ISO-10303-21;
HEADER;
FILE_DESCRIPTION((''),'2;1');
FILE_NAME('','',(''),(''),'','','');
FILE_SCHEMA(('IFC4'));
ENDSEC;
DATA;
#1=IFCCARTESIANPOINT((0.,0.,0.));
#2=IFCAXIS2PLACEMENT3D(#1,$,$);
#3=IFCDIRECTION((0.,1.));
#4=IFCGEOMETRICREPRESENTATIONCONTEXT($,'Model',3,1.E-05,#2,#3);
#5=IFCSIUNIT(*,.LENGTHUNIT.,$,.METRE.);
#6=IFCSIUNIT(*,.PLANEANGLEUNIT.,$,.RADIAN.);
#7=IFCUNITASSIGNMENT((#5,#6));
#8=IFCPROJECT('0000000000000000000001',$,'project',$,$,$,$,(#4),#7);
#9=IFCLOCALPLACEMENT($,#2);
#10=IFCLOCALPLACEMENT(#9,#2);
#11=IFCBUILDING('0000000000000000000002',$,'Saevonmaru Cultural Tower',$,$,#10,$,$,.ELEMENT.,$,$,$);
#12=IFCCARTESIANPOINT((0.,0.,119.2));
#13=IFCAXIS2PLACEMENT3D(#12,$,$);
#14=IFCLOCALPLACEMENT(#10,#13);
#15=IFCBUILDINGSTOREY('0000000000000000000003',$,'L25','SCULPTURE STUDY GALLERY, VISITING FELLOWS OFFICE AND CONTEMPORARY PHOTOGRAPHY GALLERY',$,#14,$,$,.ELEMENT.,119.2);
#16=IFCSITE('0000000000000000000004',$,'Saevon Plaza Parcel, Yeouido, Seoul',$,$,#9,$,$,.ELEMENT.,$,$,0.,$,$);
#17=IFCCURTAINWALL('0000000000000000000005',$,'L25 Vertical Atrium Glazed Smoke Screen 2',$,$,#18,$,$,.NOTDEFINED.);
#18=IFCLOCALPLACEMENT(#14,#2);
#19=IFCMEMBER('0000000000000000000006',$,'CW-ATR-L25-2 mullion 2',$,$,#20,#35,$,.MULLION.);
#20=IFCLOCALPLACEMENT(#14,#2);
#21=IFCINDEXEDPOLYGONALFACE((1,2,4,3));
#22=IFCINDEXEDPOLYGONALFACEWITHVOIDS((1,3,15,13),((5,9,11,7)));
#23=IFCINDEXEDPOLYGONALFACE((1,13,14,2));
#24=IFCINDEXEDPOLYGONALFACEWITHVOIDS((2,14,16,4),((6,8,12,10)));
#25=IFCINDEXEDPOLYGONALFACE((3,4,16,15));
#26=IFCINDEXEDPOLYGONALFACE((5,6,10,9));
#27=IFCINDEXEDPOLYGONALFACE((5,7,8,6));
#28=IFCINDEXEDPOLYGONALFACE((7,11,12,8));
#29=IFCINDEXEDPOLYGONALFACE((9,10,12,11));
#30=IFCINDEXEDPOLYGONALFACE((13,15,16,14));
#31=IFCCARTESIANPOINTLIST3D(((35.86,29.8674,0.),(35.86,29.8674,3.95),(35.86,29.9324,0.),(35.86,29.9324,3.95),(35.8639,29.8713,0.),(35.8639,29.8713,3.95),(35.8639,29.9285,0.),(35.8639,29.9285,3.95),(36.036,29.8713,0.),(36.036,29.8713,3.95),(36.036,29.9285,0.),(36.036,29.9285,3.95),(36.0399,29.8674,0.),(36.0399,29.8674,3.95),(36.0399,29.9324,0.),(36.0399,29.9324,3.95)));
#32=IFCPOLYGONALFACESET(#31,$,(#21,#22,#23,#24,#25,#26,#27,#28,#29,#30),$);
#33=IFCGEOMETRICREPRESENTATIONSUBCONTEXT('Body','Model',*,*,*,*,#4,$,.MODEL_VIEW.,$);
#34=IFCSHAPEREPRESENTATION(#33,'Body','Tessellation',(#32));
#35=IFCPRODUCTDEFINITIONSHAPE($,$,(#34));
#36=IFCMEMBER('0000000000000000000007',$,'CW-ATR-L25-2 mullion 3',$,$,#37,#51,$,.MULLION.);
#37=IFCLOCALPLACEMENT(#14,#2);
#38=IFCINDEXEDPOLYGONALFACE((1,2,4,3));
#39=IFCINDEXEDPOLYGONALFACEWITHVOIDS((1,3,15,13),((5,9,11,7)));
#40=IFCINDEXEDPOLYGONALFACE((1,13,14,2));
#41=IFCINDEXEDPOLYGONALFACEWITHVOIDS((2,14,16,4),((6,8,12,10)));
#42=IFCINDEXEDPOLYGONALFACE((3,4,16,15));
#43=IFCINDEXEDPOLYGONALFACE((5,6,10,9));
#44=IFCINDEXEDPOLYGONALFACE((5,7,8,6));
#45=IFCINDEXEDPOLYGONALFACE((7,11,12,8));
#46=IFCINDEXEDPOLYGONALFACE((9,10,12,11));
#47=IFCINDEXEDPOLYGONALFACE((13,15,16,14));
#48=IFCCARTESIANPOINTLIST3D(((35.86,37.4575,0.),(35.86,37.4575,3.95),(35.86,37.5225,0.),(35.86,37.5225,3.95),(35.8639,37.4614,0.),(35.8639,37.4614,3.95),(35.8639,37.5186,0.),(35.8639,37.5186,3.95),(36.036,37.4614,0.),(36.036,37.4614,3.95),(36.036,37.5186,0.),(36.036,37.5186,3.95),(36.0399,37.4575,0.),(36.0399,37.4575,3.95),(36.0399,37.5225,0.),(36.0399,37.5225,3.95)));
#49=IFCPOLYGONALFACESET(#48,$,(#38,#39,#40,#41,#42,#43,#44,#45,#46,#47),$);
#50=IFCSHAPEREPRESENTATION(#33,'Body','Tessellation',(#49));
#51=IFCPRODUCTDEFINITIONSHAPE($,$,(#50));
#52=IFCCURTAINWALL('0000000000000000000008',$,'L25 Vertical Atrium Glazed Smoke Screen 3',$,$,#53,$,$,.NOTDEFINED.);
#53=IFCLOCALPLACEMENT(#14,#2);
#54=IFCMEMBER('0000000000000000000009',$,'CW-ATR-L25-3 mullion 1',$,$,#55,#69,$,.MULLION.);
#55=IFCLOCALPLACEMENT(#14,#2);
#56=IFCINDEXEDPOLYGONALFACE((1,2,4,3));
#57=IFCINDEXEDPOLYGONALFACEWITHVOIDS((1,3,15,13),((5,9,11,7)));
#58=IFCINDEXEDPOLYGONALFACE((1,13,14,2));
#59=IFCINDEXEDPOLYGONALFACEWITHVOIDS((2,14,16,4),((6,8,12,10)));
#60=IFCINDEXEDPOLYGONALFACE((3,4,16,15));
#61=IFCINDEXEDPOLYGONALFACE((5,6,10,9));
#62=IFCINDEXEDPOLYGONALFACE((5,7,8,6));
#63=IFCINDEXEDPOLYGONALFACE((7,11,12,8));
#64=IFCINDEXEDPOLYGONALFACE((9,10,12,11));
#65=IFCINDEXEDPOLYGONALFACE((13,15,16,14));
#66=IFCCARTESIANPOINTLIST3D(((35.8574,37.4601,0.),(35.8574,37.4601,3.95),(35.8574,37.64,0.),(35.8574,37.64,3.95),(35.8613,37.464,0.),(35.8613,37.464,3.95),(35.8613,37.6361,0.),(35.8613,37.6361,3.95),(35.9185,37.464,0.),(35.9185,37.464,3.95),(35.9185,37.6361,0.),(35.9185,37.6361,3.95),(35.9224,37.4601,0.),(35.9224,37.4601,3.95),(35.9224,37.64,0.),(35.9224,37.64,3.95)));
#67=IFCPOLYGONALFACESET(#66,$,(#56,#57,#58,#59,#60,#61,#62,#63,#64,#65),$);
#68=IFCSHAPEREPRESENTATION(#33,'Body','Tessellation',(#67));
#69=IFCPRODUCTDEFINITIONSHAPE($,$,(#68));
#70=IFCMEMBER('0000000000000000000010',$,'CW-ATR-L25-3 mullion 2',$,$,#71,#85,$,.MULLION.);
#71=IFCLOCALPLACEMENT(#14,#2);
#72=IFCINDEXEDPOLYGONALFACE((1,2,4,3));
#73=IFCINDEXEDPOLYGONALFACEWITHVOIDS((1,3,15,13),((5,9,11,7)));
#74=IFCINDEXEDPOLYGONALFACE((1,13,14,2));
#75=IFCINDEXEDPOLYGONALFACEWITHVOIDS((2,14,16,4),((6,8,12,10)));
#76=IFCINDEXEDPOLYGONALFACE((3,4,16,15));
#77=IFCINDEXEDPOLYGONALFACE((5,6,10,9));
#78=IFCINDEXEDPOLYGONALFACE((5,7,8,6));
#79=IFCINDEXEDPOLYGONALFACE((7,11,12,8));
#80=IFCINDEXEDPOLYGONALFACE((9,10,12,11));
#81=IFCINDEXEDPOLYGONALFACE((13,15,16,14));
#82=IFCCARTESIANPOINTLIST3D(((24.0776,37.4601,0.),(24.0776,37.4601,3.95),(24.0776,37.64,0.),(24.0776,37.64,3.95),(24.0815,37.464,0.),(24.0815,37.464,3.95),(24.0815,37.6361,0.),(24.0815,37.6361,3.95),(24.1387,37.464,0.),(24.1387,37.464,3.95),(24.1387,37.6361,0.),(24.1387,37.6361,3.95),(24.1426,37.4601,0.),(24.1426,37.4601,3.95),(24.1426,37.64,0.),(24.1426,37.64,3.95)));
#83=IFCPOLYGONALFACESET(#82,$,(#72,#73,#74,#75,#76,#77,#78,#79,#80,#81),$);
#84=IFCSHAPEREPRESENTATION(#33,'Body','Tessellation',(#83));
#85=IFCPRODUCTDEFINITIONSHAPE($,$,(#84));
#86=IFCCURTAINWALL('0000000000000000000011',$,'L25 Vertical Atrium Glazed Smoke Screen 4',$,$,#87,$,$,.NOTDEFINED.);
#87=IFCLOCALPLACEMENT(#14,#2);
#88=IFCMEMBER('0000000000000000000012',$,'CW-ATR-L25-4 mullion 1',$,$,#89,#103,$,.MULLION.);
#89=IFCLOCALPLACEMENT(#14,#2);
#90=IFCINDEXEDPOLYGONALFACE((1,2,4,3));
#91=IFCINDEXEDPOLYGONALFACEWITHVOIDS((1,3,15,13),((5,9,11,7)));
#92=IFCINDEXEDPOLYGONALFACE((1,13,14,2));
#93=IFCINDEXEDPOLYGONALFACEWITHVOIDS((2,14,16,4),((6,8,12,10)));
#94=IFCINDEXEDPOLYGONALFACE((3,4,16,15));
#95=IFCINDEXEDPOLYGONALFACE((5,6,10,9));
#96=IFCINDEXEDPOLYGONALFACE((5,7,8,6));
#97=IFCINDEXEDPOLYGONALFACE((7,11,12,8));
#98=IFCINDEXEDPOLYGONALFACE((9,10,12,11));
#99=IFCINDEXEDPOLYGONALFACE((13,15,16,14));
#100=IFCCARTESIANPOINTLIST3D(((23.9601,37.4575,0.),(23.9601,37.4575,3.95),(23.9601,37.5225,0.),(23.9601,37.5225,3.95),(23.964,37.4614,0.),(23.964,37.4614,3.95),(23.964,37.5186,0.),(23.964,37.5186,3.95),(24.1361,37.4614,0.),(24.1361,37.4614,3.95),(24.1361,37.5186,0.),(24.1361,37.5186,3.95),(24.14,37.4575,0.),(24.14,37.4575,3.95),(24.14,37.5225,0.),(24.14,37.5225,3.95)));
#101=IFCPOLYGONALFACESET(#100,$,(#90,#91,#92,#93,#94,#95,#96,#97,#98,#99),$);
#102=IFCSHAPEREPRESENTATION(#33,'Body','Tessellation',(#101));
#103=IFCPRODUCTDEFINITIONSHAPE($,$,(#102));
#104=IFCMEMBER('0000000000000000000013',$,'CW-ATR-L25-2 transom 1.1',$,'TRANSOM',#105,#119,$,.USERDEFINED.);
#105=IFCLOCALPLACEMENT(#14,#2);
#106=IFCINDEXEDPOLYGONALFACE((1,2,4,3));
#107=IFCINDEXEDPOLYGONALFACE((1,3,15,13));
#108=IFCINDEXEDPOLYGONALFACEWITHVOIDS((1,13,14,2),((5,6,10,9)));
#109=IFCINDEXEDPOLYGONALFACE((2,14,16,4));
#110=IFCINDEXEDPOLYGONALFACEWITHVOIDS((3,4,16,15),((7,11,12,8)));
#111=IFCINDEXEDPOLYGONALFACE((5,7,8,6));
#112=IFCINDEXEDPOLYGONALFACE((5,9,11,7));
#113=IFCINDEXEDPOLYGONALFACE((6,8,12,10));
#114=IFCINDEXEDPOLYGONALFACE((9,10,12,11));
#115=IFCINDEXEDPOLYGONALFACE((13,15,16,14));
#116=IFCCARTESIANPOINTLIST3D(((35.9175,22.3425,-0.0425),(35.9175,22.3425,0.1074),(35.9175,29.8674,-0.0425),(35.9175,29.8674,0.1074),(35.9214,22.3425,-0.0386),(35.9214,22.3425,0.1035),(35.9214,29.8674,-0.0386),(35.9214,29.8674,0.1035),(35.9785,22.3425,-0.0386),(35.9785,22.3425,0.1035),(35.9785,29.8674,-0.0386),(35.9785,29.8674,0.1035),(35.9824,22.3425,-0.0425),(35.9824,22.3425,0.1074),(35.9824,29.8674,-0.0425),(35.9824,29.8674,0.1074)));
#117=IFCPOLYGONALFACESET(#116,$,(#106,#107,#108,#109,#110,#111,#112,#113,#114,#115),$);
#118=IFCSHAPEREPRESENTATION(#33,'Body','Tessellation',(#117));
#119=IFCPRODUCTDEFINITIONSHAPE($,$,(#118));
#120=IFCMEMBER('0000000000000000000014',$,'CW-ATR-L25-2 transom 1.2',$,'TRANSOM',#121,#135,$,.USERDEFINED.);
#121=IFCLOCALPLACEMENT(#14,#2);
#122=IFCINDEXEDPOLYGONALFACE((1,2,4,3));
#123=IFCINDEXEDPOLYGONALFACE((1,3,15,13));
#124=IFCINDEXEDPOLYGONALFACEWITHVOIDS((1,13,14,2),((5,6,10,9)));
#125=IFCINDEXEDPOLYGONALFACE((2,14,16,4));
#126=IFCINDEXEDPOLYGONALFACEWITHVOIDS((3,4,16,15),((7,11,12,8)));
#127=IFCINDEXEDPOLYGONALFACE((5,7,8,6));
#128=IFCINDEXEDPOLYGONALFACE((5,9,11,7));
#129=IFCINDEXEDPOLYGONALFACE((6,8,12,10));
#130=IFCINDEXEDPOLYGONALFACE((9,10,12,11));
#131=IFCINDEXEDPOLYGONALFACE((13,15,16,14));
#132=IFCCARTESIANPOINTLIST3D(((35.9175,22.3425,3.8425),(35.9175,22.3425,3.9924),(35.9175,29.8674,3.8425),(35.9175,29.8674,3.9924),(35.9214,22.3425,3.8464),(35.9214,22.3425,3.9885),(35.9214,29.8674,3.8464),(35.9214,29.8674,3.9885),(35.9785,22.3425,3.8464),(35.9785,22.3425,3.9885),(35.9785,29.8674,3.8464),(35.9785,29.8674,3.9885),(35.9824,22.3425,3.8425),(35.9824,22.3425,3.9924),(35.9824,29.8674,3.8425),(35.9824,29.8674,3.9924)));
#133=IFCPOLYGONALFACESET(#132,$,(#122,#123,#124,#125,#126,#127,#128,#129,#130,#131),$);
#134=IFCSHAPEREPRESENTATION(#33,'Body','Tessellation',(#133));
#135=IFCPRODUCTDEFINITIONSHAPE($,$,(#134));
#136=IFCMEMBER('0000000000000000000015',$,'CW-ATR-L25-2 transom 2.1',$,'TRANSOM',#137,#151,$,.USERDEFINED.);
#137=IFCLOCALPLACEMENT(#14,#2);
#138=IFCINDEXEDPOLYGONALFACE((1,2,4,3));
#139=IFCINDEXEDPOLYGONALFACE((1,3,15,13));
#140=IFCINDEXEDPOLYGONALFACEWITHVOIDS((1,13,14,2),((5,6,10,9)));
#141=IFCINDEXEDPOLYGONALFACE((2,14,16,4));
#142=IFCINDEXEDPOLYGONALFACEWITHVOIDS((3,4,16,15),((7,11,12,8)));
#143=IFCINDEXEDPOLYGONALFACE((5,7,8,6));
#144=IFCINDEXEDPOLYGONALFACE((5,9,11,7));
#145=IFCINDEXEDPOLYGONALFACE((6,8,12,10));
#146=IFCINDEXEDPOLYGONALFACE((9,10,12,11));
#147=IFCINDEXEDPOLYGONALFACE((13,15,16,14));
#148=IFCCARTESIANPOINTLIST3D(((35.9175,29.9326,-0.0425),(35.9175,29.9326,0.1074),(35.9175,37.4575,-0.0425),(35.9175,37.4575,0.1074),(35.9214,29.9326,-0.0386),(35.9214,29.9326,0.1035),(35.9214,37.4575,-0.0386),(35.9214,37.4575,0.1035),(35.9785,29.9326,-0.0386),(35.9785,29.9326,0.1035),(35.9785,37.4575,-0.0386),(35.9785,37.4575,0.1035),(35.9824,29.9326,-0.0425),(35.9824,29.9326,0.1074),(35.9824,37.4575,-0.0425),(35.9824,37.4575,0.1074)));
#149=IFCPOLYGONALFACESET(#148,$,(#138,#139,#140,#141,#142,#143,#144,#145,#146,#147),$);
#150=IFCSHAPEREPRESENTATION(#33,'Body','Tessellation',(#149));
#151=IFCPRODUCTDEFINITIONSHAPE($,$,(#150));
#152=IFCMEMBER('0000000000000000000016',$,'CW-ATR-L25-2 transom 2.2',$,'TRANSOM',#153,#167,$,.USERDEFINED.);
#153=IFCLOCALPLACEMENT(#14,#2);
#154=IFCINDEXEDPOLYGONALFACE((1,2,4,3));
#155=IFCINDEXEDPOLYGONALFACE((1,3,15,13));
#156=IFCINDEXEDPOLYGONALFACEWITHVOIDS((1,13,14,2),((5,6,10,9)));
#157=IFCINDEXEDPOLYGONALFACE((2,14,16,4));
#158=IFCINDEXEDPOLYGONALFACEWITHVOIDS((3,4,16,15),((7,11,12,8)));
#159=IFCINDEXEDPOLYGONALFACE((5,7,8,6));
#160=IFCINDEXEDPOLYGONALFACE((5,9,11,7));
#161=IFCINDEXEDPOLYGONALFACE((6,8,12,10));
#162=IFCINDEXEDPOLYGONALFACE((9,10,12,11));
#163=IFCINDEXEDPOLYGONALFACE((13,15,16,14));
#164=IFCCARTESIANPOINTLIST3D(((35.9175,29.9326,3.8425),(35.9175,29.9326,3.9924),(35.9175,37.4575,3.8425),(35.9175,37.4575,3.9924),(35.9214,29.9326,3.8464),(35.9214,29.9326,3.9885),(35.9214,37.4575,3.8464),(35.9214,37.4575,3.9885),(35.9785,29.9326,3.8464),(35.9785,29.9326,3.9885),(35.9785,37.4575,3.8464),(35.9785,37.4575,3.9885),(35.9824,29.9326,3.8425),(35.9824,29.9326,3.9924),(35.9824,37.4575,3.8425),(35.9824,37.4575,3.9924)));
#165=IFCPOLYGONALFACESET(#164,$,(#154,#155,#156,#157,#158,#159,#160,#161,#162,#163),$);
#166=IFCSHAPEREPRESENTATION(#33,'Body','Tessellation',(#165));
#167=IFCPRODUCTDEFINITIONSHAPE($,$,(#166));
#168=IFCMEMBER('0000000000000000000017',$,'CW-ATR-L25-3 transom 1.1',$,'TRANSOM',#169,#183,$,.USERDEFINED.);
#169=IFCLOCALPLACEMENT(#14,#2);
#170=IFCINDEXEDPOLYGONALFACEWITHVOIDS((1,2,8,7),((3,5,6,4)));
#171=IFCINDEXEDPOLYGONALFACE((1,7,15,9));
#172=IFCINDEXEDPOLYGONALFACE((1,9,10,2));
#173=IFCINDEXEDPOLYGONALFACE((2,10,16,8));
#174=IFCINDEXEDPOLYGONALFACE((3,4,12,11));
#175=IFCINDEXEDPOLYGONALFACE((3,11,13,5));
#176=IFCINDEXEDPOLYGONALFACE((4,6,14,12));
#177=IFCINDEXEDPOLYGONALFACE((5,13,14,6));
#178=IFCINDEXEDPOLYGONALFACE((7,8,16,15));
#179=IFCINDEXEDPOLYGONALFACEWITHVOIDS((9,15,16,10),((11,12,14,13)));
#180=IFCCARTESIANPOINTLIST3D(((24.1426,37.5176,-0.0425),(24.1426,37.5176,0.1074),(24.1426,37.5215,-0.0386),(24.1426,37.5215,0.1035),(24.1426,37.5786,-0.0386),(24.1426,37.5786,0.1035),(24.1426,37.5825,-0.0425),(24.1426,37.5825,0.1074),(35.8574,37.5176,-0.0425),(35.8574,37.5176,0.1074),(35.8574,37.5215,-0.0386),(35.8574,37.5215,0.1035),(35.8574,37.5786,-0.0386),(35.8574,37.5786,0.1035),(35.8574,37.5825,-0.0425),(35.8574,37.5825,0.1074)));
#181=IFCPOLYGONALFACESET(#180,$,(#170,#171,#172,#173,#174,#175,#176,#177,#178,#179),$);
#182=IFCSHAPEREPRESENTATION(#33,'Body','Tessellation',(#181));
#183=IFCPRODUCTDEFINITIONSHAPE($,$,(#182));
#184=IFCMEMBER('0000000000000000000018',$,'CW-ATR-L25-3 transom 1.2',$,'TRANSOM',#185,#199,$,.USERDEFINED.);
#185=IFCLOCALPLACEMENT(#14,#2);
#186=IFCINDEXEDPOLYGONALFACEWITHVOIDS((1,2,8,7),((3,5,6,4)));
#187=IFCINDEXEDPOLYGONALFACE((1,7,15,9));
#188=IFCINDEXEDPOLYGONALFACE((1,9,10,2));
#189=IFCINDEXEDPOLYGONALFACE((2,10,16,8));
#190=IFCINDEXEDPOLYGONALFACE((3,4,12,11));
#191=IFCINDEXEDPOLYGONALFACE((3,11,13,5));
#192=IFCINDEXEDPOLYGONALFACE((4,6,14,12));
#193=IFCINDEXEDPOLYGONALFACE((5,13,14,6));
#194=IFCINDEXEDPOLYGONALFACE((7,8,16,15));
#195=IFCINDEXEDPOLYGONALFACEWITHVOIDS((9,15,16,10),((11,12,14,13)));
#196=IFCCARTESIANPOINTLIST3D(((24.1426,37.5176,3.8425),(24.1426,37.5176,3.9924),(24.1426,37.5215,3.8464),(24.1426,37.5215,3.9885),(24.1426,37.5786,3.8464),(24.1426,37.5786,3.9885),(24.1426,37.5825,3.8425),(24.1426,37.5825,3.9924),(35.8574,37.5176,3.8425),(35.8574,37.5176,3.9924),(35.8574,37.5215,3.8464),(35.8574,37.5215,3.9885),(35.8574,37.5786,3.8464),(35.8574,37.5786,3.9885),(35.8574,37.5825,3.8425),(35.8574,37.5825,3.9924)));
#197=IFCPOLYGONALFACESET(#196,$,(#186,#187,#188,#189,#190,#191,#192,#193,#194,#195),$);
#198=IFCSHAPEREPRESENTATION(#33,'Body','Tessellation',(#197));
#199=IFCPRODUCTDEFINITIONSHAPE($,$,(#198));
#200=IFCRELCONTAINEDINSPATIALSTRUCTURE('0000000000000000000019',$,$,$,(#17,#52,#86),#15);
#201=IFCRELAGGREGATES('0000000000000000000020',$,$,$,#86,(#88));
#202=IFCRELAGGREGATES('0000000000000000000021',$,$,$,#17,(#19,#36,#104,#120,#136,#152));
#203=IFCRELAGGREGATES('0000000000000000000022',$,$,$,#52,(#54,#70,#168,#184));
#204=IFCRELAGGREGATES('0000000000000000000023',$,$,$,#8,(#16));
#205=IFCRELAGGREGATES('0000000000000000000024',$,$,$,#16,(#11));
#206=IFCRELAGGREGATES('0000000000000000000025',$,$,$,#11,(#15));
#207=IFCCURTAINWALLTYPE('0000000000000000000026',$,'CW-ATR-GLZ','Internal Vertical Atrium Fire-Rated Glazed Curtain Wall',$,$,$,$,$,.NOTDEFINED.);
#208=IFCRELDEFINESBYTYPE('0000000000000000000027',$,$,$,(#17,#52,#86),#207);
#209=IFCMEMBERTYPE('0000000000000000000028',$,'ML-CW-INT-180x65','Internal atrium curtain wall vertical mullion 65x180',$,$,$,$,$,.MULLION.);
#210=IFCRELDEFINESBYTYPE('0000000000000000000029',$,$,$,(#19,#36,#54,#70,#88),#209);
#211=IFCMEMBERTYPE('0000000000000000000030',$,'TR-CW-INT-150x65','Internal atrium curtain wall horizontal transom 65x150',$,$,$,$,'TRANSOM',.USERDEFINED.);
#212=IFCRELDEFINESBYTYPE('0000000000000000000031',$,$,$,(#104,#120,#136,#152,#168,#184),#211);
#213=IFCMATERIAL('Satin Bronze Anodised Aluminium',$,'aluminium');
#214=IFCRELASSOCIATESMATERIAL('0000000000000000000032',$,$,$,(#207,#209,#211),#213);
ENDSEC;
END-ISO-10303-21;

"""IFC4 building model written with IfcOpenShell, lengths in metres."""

from ifc_helpers import new_model, si_unit, direction, frame, origin, origin_2d, place, context, subcontext, project, spatial, hollow_rectangle, extrude, material, material_profile, profile_set, type_object, element, aggregate, save


model = new_model("IFC4")

# Units and contexts
model_context = context("Model", 3, precision=1e-05, world=origin(), true_north=direction((0.0, 1.0)))
body_context = subcontext(model_context, "Body", "Model", "MODEL_VIEW")
ifc_project = project(units=[si_unit("LENGTHUNIT", "METRE"), si_unit("PLANEANGLEUNIT", "RADIAN")], contexts=[model_context])

# Site, building, storey
site_placement = place(None, origin())
site = spatial("IfcSite", under=ifc_project, at=site_placement, Name="Saevon Plaza Parcel, Yeouido, Seoul", CompositionType="ELEMENT", RefElevation=0.0)
building_placement = place(site_placement, origin())
building = spatial("IfcBuilding", under=site, at=building_placement, Name="Saevonmaru Cultural Tower", CompositionType="ELEMENT")
storey_placement = place(building_placement, frame((0.0, 0.0, 119.2)))
storey = spatial("IfcBuildingStorey", under=building, at=storey_placement, Name="L25", Description="SCULPTURE STUDY GALLERY, VISITING FELLOWS OFFICE AND CONTEMPORARY PHOTOGRAPHY GALLERY", CompositionType="ELEMENT", Elevation=119.2)

# Curtain walls, members
ifc_material_1 = material(Name="Satin Bronze Anodised Aluminium", Category="aluminium")
curtain_wall_type = type_object("IfcCurtainWallType", Name="CW-ATR-GLZ", Description="Internal Vertical Atrium Fire-Rated Glazed Curtain Wall", PredefinedType="NOTDEFINED", material=ifc_material_1)
curtain_wall_1_placement = place(storey_placement, origin())
curtain_wall_1 = element("IfcCurtainWall", 1, at=curtain_wall_1_placement, inside=storey, type_object=curtain_wall_type, Name="L25 Vertical Atrium Glazed Smoke Screen 2", PredefinedType="NOTDEFINED")
ifc_material_profile_1 = material_profile(ifc_material_1, hollow_rectangle(XDim=0.0649, YDim=0.1799, WallThickness=0.0039, at=origin_2d()), Name="ALU-MULL-180x65x4")
ifc_profile_set_1 = profile_set([ifc_material_profile_1], Name="Satin Bronze Anodised Aluminium")
member_type_1 = type_object("IfcMemberType", Name="ML-CW-INT-180x65", Description="Internal atrium curtain wall vertical mullion 65x180", PredefinedType="MULLION", material=ifc_profile_set_1)
member_1_placement = place(storey_placement, frame((35.95, 29.8999, 0.0), z_axis=(0.0, 0.0, 1.0), x_axis=(0.0, 1.0, 0.0)))
member_1 = element("IfcMember", 2, at=member_1_placement, type_object=member_type_1, Name="CW-ATR-L25-2 mullion 2", PredefinedType="MULLION", context=body_context, shape_type="SweptSolid", body=[
    extrude(hollow_rectangle(XDim=0.0649, YDim=0.1799, WallThickness=0.0039, at=origin_2d()), origin(), (0.0, 0.0, 1.0), 3.95),
])
member_2_placement = place(storey_placement, frame((35.95, 37.49, 0.0), z_axis=(0.0, 0.0, 1.0), x_axis=(0.0, 1.0, 0.0)))
member_2 = element("IfcMember", 3, at=member_2_placement, type_object=member_type_1, Name="CW-ATR-L25-2 mullion 3", PredefinedType="MULLION", context=body_context, shape_type="SweptSolid", body=[
    extrude(hollow_rectangle(XDim=0.0649, YDim=0.1799, WallThickness=0.0039, at=origin_2d()), origin(), (0.0, 0.0, 1.0), 3.95),
])
curtain_wall_2_placement = place(storey_placement, origin())
curtain_wall_2 = element("IfcCurtainWall", 4, at=curtain_wall_2_placement, inside=storey, type_object=curtain_wall_type, Name="L25 Vertical Atrium Glazed Smoke Screen 3", PredefinedType="NOTDEFINED")
member_3_placement = place(storey_placement, frame((35.8899, 37.55, 0.0), z_axis=(0.0, 0.0, 1.0), x_axis=(-1.0, 0.0, 0.0)))
member_3 = element("IfcMember", 5, at=member_3_placement, type_object=member_type_1, Name="CW-ATR-L25-3 mullion 1", PredefinedType="MULLION", context=body_context, shape_type="SweptSolid", body=[
    extrude(hollow_rectangle(XDim=0.0649, YDim=0.1799, WallThickness=0.0039, at=origin_2d()), origin(), (0.0, 0.0, 1.0), 3.95),
])
member_4_placement = place(storey_placement, frame((24.1101, 37.55, 0.0), z_axis=(0.0, 0.0, 1.0), x_axis=(-1.0, 0.0, 0.0)))
member_4 = element("IfcMember", 6, at=member_4_placement, type_object=member_type_1, Name="CW-ATR-L25-3 mullion 2", PredefinedType="MULLION", context=body_context, shape_type="SweptSolid", body=[
    extrude(hollow_rectangle(XDim=0.0649, YDim=0.1799, WallThickness=0.0039, at=origin_2d()), origin(), (0.0, 0.0, 1.0), 3.95),
])

# Curtain wall, member
curtain_wall_3_placement = place(storey_placement, origin())
curtain_wall_3 = element("IfcCurtainWall", 7, at=curtain_wall_3_placement, inside=storey, type_object=curtain_wall_type, Name="L25 Vertical Atrium Glazed Smoke Screen 4", PredefinedType="NOTDEFINED")
member_5_placement = place(storey_placement, frame((24.05, 37.49, 0.0), z_axis=(0.0, 0.0, 1.0), x_axis=(0.0, -1.0, 0.0)))
member_5 = element("IfcMember", 8, at=member_5_placement, type_object=member_type_1, Name="CW-ATR-L25-4 mullion 1", PredefinedType="MULLION", context=body_context, shape_type="SweptSolid", body=[
    extrude(hollow_rectangle(XDim=0.0649, YDim=0.1799, WallThickness=0.0039, at=origin_2d()), origin(), (0.0, 0.0, 1.0), 3.95),
])

# Members
ifc_material_profile_2 = material_profile(ifc_material_1, hollow_rectangle(XDim=0.0649, YDim=0.1499, WallThickness=0.0039, at=origin_2d()), Name="ALU-TRAN-150x65x4")
ifc_profile_set_2 = profile_set([ifc_material_profile_2], Name="Satin Bronze Anodised Aluminium")
member_type_2 = type_object("IfcMemberType", Name="TR-CW-INT-150x65", Description="Internal atrium curtain wall horizontal transom 65x150", ElementType="TRANSOM", PredefinedType="USERDEFINED", material=ifc_profile_set_2)
member_6_placement = place(storey_placement, frame((35.95, 22.3425, 0.0325), z_axis=(0.0, 1.0, 0.0), x_axis=(-1.0, 0.0, 0.0)))
member_6 = element("IfcMember", 9, at=member_6_placement, type_object=member_type_2, Name="CW-ATR-L25-2 transom 1.1", ObjectType="TRANSOM", PredefinedType="USERDEFINED", context=body_context, shape_type="SweptSolid", body=[
    extrude(hollow_rectangle(XDim=0.0649, YDim=0.1499, WallThickness=0.0039, at=origin_2d()), origin(), (0.0, 0.0, 1.0), 7.5249),
])
member_7_placement = place(storey_placement, frame((35.95, 22.3425, 3.9175), z_axis=(0.0, 1.0, 0.0), x_axis=(-1.0, 0.0, 0.0)))
member_7 = element("IfcMember", 10, at=member_7_placement, type_object=member_type_2, Name="CW-ATR-L25-2 transom 1.2", ObjectType="TRANSOM", PredefinedType="USERDEFINED", context=body_context, shape_type="SweptSolid", body=[
    extrude(hollow_rectangle(XDim=0.0649, YDim=0.1499, WallThickness=0.0039, at=origin_2d()), origin(), (0.0, 0.0, 1.0), 7.5249),
])
member_8_placement = place(storey_placement, frame((35.95, 29.9326, 0.0325), z_axis=(0.0, 1.0, 0.0), x_axis=(-1.0, 0.0, 0.0)))
member_8 = element("IfcMember", 11, at=member_8_placement, type_object=member_type_2, Name="CW-ATR-L25-2 transom 2.1", ObjectType="TRANSOM", PredefinedType="USERDEFINED", context=body_context, shape_type="SweptSolid", body=[
    extrude(hollow_rectangle(XDim=0.0649, YDim=0.1499, WallThickness=0.0039, at=origin_2d()), origin(), (0.0, 0.0, 1.0), 7.5249),
])
member_9_placement = place(storey_placement, frame((35.95, 29.9326, 3.9175), z_axis=(0.0, 1.0, 0.0), x_axis=(-1.0, 0.0, 0.0)))
member_9 = element("IfcMember", 12, at=member_9_placement, type_object=member_type_2, Name="CW-ATR-L25-2 transom 2.2", ObjectType="TRANSOM", PredefinedType="USERDEFINED", context=body_context, shape_type="SweptSolid", body=[
    extrude(hollow_rectangle(XDim=0.0649, YDim=0.1499, WallThickness=0.0039, at=origin_2d()), origin(), (0.0, 0.0, 1.0), 7.5249),
])
member_10_placement = place(storey_placement, frame((35.8574, 37.55, 0.0325), z_axis=(-1.0, 0.0, 0.0), x_axis=(0.0, -1.0, 0.0)))
member_10 = element("IfcMember", 13, at=member_10_placement, type_object=member_type_2, Name="CW-ATR-L25-3 transom 1.1", ObjectType="TRANSOM", PredefinedType="USERDEFINED", context=body_context, shape_type="SweptSolid", body=[
    extrude(hollow_rectangle(XDim=0.0649, YDim=0.1499, WallThickness=0.0039, at=origin_2d()), origin(), (0.0, 0.0, 1.0), 11.7148),
])
member_11_placement = place(storey_placement, frame((35.8574, 37.55, 3.9175), z_axis=(-1.0, 0.0, 0.0), x_axis=(0.0, -1.0, 0.0)))
member_11 = element("IfcMember", 14, at=member_11_placement, type_object=member_type_2, Name="CW-ATR-L25-3 transom 1.2", ObjectType="TRANSOM", PredefinedType="USERDEFINED", context=body_context, shape_type="SweptSolid", body=[
    extrude(hollow_rectangle(XDim=0.0649, YDim=0.1499, WallThickness=0.0039, at=origin_2d()), origin(), (0.0, 0.0, 1.0), 11.7148),
])
aggregate(curtain_wall_3, [member_5])

aggregate(curtain_wall_1, [member_1, member_2, member_6, member_7, member_8, member_9])
aggregate(curtain_wall_2, [member_3, member_4, member_10, member_11])

save(model, "model.ifc")
